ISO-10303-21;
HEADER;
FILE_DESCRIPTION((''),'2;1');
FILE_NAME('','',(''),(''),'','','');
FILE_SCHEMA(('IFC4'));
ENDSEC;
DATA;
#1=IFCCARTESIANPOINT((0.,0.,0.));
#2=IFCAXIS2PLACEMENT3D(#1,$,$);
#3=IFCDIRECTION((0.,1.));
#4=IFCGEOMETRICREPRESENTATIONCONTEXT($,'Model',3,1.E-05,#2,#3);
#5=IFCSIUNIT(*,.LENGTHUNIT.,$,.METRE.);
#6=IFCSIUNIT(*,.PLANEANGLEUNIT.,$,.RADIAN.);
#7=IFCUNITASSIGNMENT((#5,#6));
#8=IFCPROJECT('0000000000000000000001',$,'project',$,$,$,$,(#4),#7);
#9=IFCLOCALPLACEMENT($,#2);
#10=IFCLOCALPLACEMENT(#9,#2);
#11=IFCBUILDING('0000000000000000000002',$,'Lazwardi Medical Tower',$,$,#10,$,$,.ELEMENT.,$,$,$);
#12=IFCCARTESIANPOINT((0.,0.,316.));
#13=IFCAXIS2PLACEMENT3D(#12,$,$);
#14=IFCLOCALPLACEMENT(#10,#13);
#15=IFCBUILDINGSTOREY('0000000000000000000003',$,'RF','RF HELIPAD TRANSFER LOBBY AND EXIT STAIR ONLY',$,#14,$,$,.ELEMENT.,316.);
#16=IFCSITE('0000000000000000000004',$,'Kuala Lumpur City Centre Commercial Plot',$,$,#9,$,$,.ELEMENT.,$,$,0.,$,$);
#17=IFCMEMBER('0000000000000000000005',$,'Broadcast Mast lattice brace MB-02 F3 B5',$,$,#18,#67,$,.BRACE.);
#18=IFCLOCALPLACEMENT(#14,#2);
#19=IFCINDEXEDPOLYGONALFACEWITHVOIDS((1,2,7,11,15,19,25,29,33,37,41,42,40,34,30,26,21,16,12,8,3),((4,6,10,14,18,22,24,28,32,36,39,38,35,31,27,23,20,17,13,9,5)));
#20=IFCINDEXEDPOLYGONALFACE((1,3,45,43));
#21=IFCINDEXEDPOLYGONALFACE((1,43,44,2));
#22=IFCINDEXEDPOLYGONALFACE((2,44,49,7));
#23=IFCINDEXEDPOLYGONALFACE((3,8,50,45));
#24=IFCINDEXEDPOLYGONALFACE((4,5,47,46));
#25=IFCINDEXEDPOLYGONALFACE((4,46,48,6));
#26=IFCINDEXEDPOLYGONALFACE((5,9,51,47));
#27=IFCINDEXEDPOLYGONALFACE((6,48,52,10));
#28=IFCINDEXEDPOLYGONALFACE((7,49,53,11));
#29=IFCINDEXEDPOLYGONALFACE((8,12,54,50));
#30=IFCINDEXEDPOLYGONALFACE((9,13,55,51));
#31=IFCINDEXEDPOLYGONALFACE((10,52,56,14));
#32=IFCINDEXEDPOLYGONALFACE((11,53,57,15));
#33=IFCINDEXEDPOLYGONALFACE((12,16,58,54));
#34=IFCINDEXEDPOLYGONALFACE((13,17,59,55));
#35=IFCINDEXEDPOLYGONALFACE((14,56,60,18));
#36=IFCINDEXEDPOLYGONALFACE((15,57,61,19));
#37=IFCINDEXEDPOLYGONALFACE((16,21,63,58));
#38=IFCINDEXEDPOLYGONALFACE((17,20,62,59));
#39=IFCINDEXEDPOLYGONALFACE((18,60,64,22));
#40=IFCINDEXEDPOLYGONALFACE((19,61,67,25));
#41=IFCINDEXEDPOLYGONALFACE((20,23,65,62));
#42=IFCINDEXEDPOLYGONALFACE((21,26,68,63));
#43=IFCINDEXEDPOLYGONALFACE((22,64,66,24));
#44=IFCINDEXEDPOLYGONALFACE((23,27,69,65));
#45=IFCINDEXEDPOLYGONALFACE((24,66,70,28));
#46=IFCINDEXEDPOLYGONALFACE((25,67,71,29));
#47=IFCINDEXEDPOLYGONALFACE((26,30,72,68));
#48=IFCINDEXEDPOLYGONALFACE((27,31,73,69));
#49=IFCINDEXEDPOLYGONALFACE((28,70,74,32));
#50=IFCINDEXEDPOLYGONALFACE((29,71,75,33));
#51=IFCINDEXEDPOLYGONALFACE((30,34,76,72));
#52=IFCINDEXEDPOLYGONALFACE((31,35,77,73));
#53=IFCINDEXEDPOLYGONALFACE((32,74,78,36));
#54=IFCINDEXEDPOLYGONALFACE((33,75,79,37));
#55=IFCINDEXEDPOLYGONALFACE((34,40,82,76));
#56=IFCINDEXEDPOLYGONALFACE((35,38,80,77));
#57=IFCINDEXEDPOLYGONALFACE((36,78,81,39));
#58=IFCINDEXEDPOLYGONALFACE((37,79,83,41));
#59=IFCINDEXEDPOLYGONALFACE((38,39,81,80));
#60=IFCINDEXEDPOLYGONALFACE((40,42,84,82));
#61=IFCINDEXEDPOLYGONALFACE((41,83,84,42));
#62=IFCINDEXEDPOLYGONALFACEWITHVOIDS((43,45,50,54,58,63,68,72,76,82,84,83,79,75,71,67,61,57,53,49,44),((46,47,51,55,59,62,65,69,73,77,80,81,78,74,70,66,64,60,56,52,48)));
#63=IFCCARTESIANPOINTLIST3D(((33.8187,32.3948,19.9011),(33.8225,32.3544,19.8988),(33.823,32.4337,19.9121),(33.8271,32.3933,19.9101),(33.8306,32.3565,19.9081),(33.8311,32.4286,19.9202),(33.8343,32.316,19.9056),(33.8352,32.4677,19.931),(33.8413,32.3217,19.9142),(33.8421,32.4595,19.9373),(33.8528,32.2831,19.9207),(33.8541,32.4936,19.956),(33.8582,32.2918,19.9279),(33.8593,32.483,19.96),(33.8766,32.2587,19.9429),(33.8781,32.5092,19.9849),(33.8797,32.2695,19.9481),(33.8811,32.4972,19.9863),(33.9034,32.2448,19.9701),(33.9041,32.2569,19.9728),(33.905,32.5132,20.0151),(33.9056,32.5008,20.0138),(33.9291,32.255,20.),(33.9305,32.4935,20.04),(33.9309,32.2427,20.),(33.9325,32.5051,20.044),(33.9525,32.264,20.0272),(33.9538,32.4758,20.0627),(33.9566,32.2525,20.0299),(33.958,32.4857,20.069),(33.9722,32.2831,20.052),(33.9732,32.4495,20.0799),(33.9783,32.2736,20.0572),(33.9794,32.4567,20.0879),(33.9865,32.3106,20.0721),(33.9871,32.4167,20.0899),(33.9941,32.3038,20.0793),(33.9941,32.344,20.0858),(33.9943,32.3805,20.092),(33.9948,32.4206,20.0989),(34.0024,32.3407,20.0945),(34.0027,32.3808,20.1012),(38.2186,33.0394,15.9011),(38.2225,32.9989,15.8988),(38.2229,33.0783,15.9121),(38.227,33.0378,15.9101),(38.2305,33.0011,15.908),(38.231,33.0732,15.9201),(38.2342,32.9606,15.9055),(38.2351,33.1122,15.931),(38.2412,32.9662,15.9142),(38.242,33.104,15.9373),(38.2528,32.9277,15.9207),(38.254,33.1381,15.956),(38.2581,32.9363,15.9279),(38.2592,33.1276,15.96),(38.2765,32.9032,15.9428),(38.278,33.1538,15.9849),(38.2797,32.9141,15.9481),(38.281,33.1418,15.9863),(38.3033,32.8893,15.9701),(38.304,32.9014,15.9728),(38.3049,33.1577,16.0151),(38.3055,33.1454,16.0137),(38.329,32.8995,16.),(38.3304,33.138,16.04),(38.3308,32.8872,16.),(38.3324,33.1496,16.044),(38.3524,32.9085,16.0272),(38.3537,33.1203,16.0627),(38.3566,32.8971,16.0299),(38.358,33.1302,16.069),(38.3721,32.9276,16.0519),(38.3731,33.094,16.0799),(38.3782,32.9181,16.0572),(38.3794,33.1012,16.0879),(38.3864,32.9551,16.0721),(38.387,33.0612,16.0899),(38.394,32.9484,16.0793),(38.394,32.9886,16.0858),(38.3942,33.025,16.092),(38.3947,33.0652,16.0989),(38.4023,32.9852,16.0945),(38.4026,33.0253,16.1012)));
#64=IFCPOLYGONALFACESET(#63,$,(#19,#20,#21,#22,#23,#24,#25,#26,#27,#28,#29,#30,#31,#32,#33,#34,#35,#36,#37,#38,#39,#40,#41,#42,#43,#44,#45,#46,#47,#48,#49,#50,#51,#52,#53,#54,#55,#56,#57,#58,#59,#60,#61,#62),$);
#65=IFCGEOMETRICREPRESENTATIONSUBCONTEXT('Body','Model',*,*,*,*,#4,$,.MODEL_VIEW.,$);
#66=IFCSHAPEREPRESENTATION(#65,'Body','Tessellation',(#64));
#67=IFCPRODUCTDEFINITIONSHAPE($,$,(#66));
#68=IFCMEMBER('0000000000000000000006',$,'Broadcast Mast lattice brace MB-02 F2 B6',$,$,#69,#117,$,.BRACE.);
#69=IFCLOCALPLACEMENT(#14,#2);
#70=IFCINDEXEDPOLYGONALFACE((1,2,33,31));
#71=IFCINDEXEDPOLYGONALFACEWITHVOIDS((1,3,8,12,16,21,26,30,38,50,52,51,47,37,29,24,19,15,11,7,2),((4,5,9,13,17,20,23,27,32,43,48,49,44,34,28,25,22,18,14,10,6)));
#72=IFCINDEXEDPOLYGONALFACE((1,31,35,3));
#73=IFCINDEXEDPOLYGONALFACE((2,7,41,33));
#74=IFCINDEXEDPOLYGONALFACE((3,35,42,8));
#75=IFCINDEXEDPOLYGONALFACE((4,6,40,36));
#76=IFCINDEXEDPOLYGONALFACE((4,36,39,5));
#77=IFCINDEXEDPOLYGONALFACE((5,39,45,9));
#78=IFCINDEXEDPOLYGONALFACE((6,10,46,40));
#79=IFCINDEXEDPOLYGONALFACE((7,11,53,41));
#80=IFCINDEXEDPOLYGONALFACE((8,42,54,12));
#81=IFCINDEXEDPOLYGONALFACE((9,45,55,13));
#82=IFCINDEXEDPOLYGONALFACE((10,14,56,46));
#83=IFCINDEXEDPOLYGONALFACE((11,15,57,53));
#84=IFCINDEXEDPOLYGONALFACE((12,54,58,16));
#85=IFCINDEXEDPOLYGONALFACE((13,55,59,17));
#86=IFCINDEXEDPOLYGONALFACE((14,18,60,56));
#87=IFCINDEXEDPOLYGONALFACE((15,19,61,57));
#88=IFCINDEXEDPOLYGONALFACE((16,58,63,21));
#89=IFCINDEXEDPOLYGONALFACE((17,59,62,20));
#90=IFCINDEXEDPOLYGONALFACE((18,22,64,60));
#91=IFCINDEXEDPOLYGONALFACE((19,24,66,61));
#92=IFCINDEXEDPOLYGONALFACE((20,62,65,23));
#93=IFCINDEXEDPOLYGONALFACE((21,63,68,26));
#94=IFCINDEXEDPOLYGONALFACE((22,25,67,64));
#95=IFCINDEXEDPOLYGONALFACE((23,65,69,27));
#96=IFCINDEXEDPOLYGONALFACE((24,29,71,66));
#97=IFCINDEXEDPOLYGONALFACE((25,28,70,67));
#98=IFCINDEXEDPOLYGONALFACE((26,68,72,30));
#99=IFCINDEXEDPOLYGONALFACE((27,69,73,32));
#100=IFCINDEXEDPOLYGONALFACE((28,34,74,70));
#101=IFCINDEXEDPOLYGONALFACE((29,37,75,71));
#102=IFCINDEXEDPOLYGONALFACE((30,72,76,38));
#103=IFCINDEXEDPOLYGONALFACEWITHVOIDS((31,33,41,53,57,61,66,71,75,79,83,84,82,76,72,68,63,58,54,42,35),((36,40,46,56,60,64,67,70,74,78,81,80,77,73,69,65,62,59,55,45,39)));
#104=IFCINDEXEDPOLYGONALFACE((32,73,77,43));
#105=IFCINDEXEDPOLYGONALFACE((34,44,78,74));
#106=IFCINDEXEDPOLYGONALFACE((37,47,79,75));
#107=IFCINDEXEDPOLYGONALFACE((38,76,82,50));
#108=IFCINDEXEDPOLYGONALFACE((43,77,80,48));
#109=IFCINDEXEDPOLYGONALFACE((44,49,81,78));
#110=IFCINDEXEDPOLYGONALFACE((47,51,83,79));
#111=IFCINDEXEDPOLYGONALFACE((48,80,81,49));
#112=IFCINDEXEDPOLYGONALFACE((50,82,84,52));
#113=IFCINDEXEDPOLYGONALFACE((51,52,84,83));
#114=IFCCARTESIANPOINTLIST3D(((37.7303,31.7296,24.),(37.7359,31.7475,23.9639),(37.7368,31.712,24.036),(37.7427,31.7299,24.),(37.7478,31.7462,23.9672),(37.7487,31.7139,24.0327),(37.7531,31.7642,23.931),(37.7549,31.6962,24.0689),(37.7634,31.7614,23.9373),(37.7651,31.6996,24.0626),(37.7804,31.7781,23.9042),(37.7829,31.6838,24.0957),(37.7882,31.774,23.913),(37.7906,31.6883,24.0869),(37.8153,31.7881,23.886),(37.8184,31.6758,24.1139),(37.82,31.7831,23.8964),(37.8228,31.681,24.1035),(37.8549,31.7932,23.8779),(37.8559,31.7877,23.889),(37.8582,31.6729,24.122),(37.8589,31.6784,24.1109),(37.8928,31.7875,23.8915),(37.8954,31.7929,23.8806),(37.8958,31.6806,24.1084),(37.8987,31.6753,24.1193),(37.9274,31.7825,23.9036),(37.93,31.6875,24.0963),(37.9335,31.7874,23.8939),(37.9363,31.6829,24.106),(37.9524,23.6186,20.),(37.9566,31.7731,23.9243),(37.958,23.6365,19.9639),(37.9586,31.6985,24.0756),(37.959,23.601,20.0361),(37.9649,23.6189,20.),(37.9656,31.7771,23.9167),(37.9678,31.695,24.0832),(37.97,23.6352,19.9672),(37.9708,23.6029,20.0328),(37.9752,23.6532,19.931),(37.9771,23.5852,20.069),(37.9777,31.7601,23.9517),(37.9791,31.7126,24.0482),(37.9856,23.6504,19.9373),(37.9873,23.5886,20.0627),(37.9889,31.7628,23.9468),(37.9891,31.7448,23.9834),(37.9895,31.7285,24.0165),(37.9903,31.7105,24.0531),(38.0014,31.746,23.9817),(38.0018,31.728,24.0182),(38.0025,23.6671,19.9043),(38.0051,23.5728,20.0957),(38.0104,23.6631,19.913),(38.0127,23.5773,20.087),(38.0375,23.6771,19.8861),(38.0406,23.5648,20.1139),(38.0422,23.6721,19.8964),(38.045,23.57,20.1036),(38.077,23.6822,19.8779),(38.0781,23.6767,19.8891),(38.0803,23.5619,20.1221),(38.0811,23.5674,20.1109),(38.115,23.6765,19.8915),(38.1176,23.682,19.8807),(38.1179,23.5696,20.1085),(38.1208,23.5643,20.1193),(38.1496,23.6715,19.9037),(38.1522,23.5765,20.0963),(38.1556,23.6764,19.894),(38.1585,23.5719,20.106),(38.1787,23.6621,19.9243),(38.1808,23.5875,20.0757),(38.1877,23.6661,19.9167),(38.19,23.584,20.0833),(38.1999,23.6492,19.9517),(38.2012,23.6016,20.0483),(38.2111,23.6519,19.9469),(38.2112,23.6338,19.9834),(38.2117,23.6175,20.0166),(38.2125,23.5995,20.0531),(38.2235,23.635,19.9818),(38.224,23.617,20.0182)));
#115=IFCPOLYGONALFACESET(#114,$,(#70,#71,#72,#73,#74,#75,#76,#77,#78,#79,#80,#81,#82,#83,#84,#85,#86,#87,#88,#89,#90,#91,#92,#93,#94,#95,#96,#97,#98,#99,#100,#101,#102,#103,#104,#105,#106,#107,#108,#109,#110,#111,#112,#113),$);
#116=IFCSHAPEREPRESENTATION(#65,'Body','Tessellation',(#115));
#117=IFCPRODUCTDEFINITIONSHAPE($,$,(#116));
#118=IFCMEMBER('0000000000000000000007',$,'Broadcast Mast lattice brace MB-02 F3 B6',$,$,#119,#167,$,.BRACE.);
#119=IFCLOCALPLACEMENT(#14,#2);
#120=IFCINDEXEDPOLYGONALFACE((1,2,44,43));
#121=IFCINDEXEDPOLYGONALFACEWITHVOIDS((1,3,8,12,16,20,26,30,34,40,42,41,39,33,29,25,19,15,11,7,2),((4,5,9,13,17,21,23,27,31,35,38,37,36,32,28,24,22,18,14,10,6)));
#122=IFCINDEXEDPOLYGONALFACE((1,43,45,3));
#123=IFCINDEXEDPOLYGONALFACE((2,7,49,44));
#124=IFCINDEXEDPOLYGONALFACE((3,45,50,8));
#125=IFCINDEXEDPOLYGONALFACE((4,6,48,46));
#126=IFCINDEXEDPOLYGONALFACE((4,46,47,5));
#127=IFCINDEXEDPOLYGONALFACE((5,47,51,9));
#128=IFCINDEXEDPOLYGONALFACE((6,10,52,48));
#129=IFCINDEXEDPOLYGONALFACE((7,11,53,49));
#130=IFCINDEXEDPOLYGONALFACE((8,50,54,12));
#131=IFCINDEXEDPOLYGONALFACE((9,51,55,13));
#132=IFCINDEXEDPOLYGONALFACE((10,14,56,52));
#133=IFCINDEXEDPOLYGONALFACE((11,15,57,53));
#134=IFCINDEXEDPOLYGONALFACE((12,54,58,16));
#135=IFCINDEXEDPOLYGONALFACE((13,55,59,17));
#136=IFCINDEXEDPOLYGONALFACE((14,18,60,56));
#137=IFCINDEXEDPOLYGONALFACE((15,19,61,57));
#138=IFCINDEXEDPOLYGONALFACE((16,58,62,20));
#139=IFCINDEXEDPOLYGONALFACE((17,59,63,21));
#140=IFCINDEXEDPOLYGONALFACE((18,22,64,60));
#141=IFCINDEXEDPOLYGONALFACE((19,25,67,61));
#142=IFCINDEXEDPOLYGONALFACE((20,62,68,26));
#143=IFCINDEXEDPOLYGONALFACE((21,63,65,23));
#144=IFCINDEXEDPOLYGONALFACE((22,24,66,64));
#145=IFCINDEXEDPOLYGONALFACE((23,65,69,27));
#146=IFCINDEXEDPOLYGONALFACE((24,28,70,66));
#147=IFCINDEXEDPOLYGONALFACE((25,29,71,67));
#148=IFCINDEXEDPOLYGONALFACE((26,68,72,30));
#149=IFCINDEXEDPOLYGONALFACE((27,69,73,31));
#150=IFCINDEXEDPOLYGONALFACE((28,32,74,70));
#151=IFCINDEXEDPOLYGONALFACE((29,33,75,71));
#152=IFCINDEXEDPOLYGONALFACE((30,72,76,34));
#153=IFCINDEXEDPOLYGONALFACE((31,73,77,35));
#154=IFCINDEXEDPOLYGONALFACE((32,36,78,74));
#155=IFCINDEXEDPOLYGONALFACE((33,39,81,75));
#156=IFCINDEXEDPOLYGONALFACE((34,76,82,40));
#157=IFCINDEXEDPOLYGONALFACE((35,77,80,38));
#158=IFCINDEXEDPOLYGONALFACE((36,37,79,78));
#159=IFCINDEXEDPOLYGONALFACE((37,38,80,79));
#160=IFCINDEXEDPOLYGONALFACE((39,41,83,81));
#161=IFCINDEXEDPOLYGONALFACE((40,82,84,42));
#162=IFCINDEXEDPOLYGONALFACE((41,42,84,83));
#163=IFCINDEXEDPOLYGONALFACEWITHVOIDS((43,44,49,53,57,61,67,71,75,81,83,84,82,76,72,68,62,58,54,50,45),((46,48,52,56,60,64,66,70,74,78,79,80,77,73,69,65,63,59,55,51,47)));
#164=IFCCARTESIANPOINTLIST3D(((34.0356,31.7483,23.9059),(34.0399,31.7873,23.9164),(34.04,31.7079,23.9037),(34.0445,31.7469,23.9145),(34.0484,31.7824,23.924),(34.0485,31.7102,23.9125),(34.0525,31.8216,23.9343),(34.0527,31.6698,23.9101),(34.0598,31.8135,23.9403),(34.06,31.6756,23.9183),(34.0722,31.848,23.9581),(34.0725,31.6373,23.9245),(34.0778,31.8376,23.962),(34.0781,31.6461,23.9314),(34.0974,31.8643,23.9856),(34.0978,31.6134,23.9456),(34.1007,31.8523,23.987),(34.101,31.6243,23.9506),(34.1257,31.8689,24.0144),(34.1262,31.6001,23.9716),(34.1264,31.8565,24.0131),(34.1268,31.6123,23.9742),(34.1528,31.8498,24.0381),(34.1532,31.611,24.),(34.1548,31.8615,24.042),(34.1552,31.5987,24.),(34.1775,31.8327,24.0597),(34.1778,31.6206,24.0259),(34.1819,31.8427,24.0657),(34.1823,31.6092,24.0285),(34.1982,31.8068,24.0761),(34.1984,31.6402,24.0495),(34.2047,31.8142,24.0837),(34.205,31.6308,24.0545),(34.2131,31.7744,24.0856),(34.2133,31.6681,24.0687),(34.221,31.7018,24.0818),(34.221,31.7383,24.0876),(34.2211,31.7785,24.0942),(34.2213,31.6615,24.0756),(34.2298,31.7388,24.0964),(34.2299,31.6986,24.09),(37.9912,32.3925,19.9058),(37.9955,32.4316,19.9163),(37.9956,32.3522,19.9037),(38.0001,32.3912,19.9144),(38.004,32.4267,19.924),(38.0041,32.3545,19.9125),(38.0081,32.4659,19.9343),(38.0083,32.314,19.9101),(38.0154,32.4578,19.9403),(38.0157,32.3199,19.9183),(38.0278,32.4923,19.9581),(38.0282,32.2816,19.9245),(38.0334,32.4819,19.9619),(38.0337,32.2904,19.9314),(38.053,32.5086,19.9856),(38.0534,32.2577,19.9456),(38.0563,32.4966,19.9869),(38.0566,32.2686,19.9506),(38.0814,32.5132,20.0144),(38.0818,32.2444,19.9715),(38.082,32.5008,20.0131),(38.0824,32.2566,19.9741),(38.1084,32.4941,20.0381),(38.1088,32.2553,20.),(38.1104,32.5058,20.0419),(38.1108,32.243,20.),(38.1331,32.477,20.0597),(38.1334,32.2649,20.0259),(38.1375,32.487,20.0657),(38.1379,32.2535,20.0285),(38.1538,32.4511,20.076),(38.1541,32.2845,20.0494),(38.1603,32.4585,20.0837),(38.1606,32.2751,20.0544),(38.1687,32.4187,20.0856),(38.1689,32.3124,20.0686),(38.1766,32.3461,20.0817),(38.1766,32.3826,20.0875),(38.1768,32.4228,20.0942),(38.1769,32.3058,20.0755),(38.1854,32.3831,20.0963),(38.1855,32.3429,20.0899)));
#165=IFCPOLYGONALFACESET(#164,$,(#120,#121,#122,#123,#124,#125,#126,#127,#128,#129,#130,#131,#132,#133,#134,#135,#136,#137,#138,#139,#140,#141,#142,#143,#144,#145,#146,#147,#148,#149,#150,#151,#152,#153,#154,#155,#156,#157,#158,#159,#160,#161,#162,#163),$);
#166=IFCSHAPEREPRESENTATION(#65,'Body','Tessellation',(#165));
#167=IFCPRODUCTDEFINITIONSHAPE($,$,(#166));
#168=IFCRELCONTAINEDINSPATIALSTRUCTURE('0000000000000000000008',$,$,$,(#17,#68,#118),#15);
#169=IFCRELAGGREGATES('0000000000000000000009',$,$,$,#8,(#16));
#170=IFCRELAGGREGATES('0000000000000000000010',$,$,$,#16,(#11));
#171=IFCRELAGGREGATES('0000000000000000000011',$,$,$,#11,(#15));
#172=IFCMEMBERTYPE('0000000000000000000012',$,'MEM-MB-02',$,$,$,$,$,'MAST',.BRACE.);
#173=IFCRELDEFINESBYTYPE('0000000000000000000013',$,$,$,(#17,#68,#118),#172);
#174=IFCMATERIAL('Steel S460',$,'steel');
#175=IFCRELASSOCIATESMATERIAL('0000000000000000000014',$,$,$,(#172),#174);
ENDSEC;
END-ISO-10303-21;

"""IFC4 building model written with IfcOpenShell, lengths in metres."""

from ifc_helpers import new_model, si_unit, direction, frame, origin, origin_2d, place, context, subcontext, project, spatial, hollow_circle, extrude, material, material_profile, profile_set, type_object, element, save


model = new_model("IFC4")

# Units and contexts
model_context = context("Model", 3, precision=1e-05, world=origin(), true_north=direction((0.0, 1.0)))
body_context = subcontext(model_context, "Body", "Model", "MODEL_VIEW")
ifc_project = project(units=[si_unit("LENGTHUNIT", "METRE"), si_unit("PLANEANGLEUNIT", "RADIAN")], contexts=[model_context])

# Site, building, storey
site_placement = place(None, origin())
site = spatial("IfcSite", under=ifc_project, at=site_placement, Name="Kuala Lumpur City Centre Commercial Plot", CompositionType="ELEMENT", RefElevation=0.0)
building_placement = place(site_placement, origin())
building = spatial("IfcBuilding", under=site, at=building_placement, Name="Lazwardi Medical Tower", CompositionType="ELEMENT")
storey_placement = place(building_placement, frame((0.0, 0.0, 316.0)))
storey = spatial("IfcBuildingStorey", under=building, at=storey_placement, Name="RF", Description="RF HELIPAD TRANSFER LOBBY AND EXIT STAIR ONLY", CompositionType="ELEMENT", Elevation=316.0)

# Members
ifc_material = material(Name="Steel S460", Category="steel")
ifc_material_profile_1 = material_profile(ifc_material, hollow_circle(Radius=0.1365, WallThickness=0.0125, at=origin_2d()), Name="CHS 273x12.5")
ifc_profile_set_1 = profile_set([ifc_material_profile_1], Name="Steel S460")
member_type_1 = type_object("IfcMemberType", Name="MEM-MB-02", ElementType="MAST", PredefinedType="BRACE", material=ifc_profile_set_1)
member_1_placement = place(storey_placement, frame((38.311, 33.0222, 16.0), z_axis=(-0.735624, -0.10776, 0.668764), x_axis=(0.144941, -0.98944, 0.0)))
element("IfcMember", 1, at=member_1_placement, inside=storey, type_object=member_type_1, Name="Broadcast Mast lattice brace MB-02 F3 B5", PredefinedType="BRACE", context=body_context, shape_type="SweptSolid", body=[
    extrude(hollow_circle(Radius=0.1365, WallThickness=0.0125, at=origin_2d()), origin(), (0.0, 0.0, 1.0), 5.9812),
])
member_2_placement = place(storey_placement, frame((38.0889, 23.6223, 20.0), z_axis=(-0.024558, 0.8966, 0.44216), x_axis=(-0.999625, -0.02738, 0.0)))
element("IfcMember", 2, at=member_2_placement, inside=storey, type_object=member_type_1, Name="Broadcast Mast lattice brace MB-02 F2 B6", PredefinedType="BRACE", context=body_context, shape_type="SweptSolid", body=[
    extrude(hollow_circle(Radius=0.1365, WallThickness=0.0125, at=origin_2d()), origin(), (0.0, 0.0, 1.0), 9.0464),
])
member_3_placement = place(storey_placement, frame((38.0889, 32.3777, 20.0), z_axis=(-0.69858, -0.113785, 0.706427), x_axis=(0.160763, -0.986993, 0.0)))
element("IfcMember", 3, at=member_3_placement, inside=storey, type_object=member_type_1, Name="Broadcast Mast lattice brace MB-02 F3 B6", PredefinedType="BRACE", context=body_context, shape_type="SweptSolid", body=[
    extrude(hollow_circle(Radius=0.1365, WallThickness=0.0125, at=origin_2d()), origin(), (0.0, 0.0, 1.0), 5.6624),
])

save(model, "model.ifc")
